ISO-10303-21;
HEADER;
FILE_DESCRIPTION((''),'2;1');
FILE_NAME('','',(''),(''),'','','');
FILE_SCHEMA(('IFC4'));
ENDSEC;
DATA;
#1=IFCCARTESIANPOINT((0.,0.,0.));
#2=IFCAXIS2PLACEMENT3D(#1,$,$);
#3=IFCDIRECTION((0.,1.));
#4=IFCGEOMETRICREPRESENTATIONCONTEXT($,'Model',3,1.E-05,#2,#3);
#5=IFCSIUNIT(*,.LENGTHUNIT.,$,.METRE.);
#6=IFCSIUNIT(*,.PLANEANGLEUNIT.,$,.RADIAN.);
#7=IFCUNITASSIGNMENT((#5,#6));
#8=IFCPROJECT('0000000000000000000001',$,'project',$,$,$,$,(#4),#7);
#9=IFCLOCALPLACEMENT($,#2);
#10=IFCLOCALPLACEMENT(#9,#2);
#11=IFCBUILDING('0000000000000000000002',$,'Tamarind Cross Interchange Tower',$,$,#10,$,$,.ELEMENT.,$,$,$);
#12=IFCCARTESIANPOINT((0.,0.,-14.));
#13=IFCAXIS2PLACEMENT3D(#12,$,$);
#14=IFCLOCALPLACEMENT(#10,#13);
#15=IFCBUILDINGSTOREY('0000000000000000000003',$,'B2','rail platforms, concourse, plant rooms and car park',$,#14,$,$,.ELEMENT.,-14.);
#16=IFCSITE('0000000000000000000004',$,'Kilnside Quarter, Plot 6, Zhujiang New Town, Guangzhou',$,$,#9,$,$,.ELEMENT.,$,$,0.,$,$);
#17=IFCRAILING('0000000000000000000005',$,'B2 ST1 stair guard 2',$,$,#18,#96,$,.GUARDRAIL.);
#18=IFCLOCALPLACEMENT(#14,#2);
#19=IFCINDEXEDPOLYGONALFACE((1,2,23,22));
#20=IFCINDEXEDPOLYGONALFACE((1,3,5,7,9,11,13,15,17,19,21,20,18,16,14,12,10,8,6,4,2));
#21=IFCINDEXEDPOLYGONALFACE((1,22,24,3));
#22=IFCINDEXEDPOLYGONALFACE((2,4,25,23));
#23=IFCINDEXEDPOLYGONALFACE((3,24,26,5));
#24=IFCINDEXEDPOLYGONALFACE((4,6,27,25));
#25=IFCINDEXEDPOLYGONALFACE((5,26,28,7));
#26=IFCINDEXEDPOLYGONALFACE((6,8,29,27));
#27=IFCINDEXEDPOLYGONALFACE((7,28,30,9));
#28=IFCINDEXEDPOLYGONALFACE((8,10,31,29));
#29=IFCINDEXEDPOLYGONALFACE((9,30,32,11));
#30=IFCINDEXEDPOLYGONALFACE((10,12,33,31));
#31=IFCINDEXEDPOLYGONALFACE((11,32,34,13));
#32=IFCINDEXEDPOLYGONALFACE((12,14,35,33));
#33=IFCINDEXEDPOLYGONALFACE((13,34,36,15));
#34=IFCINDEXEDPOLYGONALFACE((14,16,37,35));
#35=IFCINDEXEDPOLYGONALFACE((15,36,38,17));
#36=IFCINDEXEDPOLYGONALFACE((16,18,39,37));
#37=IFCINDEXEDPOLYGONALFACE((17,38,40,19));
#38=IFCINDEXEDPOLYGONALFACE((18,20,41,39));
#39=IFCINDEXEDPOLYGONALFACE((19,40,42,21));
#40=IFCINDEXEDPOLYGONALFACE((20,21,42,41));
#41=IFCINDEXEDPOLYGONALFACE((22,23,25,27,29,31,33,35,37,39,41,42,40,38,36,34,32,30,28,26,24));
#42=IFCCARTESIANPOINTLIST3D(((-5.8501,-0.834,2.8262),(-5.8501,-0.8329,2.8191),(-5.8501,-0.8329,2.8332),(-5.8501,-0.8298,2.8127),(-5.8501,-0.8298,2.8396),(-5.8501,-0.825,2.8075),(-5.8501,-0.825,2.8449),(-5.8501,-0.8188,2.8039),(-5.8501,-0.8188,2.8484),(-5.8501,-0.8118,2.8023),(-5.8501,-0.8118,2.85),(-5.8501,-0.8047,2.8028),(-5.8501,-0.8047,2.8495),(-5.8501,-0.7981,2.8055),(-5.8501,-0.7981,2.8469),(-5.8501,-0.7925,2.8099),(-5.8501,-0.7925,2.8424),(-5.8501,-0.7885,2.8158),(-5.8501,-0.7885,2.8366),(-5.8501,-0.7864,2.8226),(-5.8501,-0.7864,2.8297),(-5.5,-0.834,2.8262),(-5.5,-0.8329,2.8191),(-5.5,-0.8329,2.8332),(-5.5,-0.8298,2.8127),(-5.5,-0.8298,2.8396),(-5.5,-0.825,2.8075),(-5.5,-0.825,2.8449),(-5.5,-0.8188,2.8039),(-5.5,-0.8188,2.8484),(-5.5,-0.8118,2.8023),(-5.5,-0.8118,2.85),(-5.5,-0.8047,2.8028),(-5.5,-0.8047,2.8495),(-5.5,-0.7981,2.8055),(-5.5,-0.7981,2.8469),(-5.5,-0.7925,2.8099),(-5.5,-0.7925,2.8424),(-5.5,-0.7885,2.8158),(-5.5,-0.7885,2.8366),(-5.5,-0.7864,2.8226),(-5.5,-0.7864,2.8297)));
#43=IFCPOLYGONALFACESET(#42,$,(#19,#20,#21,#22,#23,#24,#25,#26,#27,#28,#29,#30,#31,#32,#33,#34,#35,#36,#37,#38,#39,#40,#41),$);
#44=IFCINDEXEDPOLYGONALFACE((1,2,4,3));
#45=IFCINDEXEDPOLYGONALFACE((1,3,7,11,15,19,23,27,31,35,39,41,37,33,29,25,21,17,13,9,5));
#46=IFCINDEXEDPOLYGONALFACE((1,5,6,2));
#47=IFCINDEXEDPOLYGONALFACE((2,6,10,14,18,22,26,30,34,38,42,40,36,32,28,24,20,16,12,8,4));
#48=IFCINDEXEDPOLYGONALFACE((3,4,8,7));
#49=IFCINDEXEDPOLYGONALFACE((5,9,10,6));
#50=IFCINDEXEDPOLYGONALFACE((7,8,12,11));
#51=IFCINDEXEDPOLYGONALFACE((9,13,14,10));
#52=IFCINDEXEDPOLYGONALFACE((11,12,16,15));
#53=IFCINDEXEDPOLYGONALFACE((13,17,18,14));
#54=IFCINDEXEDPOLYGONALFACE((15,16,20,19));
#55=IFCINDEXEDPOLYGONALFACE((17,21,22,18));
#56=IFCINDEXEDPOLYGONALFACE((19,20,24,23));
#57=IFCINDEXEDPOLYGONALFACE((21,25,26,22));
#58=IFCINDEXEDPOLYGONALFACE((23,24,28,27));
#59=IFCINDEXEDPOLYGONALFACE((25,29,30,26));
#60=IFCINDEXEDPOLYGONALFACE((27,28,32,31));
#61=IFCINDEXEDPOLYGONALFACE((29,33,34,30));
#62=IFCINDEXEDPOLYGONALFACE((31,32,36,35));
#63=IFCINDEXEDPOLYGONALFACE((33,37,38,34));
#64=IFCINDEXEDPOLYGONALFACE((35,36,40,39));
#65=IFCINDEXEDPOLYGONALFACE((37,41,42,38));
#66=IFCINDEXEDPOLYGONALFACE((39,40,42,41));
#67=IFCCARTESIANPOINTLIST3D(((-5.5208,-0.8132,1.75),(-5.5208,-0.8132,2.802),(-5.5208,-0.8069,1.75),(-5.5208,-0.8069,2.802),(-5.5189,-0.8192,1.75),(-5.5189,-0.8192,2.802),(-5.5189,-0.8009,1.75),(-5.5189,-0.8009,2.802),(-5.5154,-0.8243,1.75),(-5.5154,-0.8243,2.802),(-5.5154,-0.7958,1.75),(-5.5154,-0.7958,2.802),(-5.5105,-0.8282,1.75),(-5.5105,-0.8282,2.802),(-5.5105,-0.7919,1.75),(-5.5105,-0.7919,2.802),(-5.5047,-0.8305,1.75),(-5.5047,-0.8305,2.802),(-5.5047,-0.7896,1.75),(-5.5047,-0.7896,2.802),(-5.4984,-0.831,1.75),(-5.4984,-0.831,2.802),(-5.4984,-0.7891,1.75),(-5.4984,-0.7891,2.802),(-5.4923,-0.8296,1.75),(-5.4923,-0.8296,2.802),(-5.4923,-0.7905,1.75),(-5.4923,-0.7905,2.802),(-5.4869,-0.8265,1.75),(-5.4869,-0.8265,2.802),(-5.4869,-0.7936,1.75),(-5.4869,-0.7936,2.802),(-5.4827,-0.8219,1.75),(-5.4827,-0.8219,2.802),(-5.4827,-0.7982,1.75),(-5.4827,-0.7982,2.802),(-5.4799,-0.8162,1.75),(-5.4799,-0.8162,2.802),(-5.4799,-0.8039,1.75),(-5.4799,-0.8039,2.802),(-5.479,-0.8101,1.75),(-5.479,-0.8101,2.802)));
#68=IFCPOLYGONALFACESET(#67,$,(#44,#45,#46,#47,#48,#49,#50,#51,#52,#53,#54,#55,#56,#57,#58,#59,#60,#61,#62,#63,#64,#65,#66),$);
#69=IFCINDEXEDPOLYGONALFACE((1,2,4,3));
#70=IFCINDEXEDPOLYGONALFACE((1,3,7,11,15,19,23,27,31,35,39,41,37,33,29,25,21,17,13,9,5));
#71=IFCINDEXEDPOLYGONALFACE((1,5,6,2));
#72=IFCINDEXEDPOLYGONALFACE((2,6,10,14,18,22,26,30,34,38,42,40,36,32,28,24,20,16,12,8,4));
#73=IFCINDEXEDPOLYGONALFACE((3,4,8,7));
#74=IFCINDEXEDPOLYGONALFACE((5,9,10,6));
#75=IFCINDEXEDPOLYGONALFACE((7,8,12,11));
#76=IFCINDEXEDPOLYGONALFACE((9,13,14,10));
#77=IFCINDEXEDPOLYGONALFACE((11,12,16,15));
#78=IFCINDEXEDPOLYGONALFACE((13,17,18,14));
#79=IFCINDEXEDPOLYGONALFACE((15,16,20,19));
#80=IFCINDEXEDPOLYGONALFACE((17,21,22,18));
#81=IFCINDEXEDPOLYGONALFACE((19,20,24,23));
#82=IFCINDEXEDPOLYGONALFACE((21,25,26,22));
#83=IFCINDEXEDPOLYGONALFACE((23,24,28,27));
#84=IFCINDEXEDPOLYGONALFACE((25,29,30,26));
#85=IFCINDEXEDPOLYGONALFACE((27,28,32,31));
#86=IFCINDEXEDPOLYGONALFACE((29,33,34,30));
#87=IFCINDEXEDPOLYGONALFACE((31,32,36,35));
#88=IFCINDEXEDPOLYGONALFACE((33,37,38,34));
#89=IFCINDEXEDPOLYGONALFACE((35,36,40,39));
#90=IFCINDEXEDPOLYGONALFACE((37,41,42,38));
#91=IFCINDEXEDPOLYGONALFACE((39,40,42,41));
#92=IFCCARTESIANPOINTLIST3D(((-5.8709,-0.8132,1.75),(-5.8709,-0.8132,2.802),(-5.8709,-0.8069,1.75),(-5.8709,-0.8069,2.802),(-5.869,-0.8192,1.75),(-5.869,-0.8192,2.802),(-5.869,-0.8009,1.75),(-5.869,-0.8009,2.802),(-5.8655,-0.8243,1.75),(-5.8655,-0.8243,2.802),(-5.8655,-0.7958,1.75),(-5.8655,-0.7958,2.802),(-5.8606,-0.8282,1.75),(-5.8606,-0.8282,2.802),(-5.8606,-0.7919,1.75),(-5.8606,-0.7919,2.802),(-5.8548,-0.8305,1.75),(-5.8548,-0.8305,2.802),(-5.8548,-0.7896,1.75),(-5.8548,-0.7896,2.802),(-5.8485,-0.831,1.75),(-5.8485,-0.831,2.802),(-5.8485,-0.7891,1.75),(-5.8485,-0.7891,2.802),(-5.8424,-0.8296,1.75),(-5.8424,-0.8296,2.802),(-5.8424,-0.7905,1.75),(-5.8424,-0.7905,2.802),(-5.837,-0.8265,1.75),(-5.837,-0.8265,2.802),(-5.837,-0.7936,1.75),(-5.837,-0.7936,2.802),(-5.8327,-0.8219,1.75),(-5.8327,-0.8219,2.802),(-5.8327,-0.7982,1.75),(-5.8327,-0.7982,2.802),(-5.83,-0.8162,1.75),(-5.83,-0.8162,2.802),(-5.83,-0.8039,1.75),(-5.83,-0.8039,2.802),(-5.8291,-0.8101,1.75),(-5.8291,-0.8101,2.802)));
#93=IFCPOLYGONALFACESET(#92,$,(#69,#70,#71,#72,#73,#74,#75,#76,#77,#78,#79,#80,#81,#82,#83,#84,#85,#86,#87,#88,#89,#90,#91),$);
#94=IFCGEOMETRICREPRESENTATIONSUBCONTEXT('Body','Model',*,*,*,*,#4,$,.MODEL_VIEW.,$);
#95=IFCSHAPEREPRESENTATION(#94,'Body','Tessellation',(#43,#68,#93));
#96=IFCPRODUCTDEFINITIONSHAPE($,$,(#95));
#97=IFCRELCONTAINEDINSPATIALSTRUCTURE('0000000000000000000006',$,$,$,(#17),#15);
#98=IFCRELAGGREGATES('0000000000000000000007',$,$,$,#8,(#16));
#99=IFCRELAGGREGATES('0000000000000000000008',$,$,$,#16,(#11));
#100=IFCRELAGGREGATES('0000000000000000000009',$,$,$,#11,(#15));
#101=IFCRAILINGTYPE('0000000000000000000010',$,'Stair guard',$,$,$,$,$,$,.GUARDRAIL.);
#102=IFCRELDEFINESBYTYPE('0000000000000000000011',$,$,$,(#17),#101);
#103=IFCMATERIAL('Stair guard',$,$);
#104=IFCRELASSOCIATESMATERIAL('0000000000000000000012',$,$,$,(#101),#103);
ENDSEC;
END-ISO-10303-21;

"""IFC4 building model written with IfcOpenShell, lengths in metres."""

from ifc_helpers import new_model, si_unit, direction, frame, origin, origin_2d, place, context, subcontext, project, spatial, circle, extrude, material, type_object, element, save


model = new_model("IFC4")

# Units and contexts
model_context = context("Model", 3, precision=1e-05, world=origin(), true_north=direction((0.0, 1.0)))
body_context = subcontext(model_context, "Body", "Model", "MODEL_VIEW")
ifc_project = project(units=[si_unit("LENGTHUNIT", "METRE"), si_unit("PLANEANGLEUNIT", "RADIAN")], contexts=[model_context])

# Site, building, storey
site_placement = place(None, origin())
site = spatial("IfcSite", under=ifc_project, at=site_placement, Name="Kilnside Quarter, Plot 6, Zhujiang New Town, Guangzhou", CompositionType="ELEMENT", RefElevation=0.0)
building_placement = place(site_placement, origin())
building = spatial("IfcBuilding", under=site, at=building_placement, Name="Tamarind Cross Interchange Tower", CompositionType="ELEMENT")
storey_placement = place(building_placement, frame((0.0, 0.0, -14.0)))
storey = spatial("IfcBuildingStorey", under=building, at=storey_placement, Name="B2", Description="rail platforms, concourse, plant rooms and car park", CompositionType="ELEMENT", Elevation=-14.0)

# Railing
ifc_material_1 = material(Name="Stair guard")
railing_type_1 = type_object("IfcRailingType", Name="Stair guard", PredefinedType="GUARDRAIL", material=ifc_material_1)
railing_1_placement = place(storey_placement, frame((-5.5, -0.8101, 1.75)))
element("IfcRailing", 1, at=railing_1_placement, inside=storey, type_object=railing_type_1, Name="B2 ST1 stair guard 2", PredefinedType="GUARDRAIL", context=body_context, shape_type="SweptSolid", body=[
    extrude(circle(Radius=0.0239, at=origin_2d()), frame((0.0, 0.0, 1.0762), z_axis=(-1.0, 0.0, 0.0), x_axis=(0.0, -1.0, 0.0)), (0.0, 0.0, 1.0), 0.3501),
    extrude(circle(Radius=0.021, at=origin_2d()), origin(), (0.0, 0.0, 1.0), 1.052),
    extrude(circle(Radius=0.021, at=origin_2d()), frame((-0.3501, 0.0, 0.0)), (0.0, 0.0, 1.0), 1.052),
])

save(model, "model.ifc")
